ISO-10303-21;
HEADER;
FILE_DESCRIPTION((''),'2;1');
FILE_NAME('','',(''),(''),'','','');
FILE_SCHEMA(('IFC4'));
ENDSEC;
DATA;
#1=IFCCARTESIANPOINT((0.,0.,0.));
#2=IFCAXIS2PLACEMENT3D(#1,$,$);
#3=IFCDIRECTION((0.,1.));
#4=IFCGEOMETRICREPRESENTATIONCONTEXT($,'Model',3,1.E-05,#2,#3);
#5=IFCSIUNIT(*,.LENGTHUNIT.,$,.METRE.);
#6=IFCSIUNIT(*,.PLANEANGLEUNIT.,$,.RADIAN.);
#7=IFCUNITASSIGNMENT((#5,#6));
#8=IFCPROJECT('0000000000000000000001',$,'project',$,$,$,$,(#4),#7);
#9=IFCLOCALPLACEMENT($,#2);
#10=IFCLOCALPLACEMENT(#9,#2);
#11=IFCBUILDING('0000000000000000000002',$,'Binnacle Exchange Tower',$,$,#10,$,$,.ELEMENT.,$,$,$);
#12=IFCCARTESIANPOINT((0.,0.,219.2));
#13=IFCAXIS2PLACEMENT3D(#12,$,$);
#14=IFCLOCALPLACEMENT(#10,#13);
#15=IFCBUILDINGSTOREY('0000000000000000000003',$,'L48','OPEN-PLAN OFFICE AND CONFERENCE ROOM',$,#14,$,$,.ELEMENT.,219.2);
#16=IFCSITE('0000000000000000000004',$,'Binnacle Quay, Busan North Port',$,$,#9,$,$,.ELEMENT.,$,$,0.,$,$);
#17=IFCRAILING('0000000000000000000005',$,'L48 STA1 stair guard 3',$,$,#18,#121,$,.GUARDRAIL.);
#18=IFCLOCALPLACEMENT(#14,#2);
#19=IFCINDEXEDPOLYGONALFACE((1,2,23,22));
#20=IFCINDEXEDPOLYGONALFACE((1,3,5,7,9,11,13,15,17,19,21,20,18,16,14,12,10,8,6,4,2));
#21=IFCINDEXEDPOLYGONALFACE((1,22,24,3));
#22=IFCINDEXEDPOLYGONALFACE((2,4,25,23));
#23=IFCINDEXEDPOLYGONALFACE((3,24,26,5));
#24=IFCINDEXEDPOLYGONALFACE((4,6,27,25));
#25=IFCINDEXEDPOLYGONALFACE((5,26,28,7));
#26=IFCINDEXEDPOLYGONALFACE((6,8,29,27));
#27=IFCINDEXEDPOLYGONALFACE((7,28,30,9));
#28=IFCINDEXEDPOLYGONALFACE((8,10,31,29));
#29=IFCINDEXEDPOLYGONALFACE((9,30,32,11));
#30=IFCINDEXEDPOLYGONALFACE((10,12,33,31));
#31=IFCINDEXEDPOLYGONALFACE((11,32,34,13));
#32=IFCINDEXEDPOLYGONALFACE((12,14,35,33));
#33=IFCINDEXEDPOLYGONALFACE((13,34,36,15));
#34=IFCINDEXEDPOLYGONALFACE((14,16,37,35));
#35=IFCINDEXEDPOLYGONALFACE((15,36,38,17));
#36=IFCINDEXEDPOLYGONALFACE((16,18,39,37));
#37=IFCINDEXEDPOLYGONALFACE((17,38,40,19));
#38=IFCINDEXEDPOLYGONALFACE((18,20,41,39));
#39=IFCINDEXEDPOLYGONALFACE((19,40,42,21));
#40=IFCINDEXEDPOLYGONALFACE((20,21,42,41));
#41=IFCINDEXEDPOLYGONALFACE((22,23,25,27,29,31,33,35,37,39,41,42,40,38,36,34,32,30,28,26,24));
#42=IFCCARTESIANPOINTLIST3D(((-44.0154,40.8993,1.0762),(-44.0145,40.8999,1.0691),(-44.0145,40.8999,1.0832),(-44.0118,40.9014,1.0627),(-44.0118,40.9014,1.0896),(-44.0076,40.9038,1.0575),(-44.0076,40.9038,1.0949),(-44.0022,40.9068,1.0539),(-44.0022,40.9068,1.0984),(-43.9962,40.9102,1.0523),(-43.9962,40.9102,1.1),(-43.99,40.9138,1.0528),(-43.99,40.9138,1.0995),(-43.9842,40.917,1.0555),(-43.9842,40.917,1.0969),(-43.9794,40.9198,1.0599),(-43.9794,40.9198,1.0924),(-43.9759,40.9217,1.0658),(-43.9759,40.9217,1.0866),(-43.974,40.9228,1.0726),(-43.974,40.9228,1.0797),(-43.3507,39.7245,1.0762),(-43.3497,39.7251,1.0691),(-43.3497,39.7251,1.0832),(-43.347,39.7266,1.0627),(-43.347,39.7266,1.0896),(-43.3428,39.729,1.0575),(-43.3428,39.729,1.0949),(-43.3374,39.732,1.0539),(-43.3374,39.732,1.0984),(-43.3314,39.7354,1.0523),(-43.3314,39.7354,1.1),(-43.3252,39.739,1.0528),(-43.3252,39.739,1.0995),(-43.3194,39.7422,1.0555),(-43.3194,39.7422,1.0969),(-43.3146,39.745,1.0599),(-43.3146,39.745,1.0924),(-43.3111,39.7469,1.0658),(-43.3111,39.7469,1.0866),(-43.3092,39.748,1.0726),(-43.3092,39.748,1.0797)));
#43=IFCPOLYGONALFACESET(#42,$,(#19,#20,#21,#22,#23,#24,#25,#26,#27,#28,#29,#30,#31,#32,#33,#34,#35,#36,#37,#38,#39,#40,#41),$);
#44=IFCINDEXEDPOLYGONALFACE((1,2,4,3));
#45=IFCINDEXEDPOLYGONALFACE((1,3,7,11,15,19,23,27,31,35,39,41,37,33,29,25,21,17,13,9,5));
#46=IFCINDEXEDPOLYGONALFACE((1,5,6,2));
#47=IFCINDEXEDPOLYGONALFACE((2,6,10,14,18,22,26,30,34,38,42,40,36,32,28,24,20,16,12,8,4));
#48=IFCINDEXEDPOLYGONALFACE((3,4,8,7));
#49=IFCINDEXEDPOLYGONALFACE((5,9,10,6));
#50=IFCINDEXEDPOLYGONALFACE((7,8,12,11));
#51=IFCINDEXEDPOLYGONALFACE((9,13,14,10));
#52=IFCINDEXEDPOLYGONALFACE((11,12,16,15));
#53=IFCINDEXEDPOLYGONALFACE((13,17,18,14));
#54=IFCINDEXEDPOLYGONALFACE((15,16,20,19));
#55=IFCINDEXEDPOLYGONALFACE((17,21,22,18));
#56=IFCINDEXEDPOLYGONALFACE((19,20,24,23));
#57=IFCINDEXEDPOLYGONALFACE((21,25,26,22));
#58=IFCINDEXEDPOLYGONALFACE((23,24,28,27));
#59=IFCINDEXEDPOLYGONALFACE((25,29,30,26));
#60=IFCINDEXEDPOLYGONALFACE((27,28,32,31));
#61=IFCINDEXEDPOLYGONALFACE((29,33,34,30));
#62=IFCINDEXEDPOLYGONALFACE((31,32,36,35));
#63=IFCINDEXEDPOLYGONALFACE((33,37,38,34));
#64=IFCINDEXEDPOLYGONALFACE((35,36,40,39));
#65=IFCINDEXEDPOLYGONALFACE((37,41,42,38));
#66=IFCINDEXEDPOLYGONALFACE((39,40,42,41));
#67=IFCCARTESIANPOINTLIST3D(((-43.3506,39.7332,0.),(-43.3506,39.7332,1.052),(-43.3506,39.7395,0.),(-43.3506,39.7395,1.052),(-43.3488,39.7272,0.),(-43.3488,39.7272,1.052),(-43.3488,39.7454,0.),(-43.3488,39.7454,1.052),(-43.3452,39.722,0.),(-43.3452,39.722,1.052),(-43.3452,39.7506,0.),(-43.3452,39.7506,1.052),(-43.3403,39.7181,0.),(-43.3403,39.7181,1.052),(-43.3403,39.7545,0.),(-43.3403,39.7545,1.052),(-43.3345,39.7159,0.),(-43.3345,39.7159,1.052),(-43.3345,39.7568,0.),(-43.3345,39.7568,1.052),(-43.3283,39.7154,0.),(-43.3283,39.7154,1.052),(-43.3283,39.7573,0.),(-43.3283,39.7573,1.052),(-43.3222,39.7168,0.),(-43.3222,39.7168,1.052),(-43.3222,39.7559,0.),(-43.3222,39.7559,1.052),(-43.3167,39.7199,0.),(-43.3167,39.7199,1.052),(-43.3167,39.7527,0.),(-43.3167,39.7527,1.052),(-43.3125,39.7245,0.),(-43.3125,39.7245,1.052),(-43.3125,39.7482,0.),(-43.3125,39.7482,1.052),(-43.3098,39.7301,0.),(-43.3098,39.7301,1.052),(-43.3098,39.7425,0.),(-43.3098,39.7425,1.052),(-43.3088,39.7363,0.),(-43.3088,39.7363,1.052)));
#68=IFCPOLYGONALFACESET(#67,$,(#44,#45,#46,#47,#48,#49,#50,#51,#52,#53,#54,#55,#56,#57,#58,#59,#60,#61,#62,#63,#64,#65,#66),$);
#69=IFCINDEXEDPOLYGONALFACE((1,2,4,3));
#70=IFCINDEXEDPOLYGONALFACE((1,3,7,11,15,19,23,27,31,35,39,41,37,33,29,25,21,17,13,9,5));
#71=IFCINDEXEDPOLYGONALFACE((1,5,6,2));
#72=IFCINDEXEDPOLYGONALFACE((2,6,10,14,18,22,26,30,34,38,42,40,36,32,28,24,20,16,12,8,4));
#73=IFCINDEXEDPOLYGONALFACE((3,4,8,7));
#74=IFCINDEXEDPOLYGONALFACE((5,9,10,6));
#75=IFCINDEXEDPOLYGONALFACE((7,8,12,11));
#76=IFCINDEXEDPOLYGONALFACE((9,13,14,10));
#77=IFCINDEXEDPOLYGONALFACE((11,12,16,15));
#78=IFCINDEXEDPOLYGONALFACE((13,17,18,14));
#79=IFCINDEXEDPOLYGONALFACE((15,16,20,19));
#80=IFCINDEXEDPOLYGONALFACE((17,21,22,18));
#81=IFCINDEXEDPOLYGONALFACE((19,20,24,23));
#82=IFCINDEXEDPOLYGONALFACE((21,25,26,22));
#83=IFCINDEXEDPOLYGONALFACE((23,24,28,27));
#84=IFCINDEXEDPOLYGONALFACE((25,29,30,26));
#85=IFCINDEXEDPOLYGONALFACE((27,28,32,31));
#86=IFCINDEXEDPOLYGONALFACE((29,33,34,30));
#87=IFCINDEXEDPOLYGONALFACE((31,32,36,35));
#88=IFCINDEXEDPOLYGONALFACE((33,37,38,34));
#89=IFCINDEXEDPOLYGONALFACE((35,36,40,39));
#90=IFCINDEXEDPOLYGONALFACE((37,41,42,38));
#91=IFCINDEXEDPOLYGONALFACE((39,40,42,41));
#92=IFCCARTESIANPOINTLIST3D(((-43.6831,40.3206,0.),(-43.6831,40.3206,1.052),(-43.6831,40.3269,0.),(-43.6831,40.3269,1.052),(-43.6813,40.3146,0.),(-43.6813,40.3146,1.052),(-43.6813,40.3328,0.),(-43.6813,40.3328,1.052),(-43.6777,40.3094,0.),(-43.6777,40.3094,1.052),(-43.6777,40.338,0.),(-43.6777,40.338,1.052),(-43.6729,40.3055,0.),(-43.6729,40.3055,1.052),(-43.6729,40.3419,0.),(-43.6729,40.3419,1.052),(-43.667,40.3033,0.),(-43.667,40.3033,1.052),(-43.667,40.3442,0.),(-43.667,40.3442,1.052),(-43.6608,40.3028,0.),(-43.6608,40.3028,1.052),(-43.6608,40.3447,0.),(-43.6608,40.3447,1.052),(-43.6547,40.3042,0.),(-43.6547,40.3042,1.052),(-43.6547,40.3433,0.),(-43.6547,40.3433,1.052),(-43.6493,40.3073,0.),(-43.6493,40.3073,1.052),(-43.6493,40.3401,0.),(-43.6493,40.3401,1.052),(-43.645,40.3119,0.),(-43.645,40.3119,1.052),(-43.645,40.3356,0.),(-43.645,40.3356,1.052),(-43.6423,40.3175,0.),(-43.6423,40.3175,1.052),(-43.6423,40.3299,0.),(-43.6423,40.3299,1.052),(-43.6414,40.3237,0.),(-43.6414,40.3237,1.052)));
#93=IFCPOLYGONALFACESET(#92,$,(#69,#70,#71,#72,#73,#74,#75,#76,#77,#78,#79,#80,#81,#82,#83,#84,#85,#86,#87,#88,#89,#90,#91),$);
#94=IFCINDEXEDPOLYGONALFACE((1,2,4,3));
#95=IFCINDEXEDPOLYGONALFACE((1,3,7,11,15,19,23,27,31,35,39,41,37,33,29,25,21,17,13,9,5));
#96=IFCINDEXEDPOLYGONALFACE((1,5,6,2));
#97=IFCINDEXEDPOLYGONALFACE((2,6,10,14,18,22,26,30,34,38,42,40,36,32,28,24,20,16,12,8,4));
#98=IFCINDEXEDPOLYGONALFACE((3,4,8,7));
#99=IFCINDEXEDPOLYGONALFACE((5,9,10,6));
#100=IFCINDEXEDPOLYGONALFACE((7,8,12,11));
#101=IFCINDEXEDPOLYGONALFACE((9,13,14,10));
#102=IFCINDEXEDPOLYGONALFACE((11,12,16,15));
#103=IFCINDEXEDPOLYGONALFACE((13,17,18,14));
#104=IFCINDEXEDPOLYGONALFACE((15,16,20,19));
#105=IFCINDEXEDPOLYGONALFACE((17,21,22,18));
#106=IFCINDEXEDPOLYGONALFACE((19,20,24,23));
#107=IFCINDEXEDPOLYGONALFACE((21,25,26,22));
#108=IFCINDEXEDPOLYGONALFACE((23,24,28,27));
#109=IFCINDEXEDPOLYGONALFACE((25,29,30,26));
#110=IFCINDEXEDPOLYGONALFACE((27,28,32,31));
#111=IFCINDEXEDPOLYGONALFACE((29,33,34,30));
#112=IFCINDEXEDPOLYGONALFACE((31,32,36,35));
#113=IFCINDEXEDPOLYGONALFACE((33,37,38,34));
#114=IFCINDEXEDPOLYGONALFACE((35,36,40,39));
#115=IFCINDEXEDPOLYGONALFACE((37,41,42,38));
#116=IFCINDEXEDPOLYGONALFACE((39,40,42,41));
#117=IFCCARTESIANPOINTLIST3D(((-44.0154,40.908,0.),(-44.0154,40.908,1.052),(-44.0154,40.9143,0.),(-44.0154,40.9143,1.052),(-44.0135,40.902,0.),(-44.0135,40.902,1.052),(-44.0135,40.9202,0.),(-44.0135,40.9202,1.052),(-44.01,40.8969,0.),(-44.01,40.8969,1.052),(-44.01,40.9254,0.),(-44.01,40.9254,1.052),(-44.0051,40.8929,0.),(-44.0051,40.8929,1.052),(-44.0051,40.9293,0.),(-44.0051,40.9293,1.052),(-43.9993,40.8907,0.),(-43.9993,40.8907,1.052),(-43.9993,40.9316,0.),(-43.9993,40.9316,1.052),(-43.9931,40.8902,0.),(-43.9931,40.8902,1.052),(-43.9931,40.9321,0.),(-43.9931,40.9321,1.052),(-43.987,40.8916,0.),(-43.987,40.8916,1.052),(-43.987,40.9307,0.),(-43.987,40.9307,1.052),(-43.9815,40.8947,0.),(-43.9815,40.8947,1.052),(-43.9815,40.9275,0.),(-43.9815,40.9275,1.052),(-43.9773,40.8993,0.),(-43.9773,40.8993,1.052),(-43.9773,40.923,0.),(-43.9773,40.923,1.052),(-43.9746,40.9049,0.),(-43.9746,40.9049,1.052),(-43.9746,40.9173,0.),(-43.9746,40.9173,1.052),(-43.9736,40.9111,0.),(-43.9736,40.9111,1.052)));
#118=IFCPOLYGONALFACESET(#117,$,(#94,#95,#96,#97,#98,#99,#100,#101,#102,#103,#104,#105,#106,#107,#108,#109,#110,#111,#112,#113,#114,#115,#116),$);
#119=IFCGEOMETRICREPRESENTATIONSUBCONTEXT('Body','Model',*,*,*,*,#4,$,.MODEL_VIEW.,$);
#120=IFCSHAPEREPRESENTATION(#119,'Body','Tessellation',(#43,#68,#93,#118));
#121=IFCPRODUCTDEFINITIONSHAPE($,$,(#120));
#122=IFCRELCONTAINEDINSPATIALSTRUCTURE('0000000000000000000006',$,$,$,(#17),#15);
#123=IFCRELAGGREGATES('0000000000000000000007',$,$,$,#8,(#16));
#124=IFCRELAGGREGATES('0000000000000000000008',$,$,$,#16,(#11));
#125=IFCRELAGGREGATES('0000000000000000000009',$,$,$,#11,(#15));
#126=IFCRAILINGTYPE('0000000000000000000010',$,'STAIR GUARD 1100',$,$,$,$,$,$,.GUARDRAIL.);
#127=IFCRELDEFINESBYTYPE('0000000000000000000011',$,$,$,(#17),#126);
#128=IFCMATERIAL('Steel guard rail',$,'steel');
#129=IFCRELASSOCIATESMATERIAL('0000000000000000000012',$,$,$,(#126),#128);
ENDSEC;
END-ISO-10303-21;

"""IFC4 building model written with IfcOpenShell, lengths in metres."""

from ifc_helpers import new_model, si_unit, direction, frame, origin, origin_2d, place, context, subcontext, project, spatial, circle, extrude, material, type_object, element, save


model = new_model("IFC4")

# Units and contexts
model_context = context("Model", 3, precision=1e-05, world=origin(), true_north=direction((0.0, 1.0)))
body_context = subcontext(model_context, "Body", "Model", "MODEL_VIEW")
ifc_project = project(units=[si_unit("LENGTHUNIT", "METRE"), si_unit("PLANEANGLEUNIT", "RADIAN")], contexts=[model_context])

# Site, building, storey
site_placement = place(None, origin())
site = spatial("IfcSite", under=ifc_project, at=site_placement, Name="Binnacle Quay, Busan North Port", CompositionType="ELEMENT", RefElevation=0.0)
building_placement = place(site_placement, origin())
building = spatial("IfcBuilding", under=site, at=building_placement, Name="Binnacle Exchange Tower", CompositionType="ELEMENT")
storey_placement = place(building_placement, frame((0.0, 0.0, 219.2)))
storey = spatial("IfcBuildingStorey", under=building, at=storey_placement, Name="L48", Description="OPEN-PLAN OFFICE AND CONFERENCE ROOM", CompositionType="ELEMENT", Elevation=219.2)

# Railing
ifc_material_1 = material(Name="Steel guard rail", Category="steel")
railing_type = type_object("IfcRailingType", Name="STAIR GUARD 1100", PredefinedType="GUARDRAIL", material=ifc_material_1)
railing_1_placement = place(storey_placement, frame((-43.3298, 39.7363, 0.0)))
element("IfcRailing", 1, at=railing_1_placement, inside=storey, type_object=railing_type, Name="L48 STA1 stair guard 3", PredefinedType="GUARDRAIL", context=body_context, shape_type="SweptSolid", body=[
    extrude(circle(Radius=0.0239, at=origin_2d()), frame((0.0, 0.0, 1.0762), z_axis=(-0.492492, 0.870317, 0.0), x_axis=(-0.870317, -0.492492, 0.0)), (0.0, 0.0, 1.0), 1.3499),
    extrude(circle(Radius=0.021, at=origin_2d()), origin(), (0.0, 0.0, 1.0), 1.052),
    extrude(circle(Radius=0.021, at=origin_2d()), frame((-0.3325, 0.5874, 0.0)), (0.0, 0.0, 1.0), 1.052),
    extrude(circle(Radius=0.021, at=origin_2d()), frame((-0.6648, 1.1748, 0.0)), (0.0, 0.0, 1.0), 1.052),
])

save(model, "model.ifc")
